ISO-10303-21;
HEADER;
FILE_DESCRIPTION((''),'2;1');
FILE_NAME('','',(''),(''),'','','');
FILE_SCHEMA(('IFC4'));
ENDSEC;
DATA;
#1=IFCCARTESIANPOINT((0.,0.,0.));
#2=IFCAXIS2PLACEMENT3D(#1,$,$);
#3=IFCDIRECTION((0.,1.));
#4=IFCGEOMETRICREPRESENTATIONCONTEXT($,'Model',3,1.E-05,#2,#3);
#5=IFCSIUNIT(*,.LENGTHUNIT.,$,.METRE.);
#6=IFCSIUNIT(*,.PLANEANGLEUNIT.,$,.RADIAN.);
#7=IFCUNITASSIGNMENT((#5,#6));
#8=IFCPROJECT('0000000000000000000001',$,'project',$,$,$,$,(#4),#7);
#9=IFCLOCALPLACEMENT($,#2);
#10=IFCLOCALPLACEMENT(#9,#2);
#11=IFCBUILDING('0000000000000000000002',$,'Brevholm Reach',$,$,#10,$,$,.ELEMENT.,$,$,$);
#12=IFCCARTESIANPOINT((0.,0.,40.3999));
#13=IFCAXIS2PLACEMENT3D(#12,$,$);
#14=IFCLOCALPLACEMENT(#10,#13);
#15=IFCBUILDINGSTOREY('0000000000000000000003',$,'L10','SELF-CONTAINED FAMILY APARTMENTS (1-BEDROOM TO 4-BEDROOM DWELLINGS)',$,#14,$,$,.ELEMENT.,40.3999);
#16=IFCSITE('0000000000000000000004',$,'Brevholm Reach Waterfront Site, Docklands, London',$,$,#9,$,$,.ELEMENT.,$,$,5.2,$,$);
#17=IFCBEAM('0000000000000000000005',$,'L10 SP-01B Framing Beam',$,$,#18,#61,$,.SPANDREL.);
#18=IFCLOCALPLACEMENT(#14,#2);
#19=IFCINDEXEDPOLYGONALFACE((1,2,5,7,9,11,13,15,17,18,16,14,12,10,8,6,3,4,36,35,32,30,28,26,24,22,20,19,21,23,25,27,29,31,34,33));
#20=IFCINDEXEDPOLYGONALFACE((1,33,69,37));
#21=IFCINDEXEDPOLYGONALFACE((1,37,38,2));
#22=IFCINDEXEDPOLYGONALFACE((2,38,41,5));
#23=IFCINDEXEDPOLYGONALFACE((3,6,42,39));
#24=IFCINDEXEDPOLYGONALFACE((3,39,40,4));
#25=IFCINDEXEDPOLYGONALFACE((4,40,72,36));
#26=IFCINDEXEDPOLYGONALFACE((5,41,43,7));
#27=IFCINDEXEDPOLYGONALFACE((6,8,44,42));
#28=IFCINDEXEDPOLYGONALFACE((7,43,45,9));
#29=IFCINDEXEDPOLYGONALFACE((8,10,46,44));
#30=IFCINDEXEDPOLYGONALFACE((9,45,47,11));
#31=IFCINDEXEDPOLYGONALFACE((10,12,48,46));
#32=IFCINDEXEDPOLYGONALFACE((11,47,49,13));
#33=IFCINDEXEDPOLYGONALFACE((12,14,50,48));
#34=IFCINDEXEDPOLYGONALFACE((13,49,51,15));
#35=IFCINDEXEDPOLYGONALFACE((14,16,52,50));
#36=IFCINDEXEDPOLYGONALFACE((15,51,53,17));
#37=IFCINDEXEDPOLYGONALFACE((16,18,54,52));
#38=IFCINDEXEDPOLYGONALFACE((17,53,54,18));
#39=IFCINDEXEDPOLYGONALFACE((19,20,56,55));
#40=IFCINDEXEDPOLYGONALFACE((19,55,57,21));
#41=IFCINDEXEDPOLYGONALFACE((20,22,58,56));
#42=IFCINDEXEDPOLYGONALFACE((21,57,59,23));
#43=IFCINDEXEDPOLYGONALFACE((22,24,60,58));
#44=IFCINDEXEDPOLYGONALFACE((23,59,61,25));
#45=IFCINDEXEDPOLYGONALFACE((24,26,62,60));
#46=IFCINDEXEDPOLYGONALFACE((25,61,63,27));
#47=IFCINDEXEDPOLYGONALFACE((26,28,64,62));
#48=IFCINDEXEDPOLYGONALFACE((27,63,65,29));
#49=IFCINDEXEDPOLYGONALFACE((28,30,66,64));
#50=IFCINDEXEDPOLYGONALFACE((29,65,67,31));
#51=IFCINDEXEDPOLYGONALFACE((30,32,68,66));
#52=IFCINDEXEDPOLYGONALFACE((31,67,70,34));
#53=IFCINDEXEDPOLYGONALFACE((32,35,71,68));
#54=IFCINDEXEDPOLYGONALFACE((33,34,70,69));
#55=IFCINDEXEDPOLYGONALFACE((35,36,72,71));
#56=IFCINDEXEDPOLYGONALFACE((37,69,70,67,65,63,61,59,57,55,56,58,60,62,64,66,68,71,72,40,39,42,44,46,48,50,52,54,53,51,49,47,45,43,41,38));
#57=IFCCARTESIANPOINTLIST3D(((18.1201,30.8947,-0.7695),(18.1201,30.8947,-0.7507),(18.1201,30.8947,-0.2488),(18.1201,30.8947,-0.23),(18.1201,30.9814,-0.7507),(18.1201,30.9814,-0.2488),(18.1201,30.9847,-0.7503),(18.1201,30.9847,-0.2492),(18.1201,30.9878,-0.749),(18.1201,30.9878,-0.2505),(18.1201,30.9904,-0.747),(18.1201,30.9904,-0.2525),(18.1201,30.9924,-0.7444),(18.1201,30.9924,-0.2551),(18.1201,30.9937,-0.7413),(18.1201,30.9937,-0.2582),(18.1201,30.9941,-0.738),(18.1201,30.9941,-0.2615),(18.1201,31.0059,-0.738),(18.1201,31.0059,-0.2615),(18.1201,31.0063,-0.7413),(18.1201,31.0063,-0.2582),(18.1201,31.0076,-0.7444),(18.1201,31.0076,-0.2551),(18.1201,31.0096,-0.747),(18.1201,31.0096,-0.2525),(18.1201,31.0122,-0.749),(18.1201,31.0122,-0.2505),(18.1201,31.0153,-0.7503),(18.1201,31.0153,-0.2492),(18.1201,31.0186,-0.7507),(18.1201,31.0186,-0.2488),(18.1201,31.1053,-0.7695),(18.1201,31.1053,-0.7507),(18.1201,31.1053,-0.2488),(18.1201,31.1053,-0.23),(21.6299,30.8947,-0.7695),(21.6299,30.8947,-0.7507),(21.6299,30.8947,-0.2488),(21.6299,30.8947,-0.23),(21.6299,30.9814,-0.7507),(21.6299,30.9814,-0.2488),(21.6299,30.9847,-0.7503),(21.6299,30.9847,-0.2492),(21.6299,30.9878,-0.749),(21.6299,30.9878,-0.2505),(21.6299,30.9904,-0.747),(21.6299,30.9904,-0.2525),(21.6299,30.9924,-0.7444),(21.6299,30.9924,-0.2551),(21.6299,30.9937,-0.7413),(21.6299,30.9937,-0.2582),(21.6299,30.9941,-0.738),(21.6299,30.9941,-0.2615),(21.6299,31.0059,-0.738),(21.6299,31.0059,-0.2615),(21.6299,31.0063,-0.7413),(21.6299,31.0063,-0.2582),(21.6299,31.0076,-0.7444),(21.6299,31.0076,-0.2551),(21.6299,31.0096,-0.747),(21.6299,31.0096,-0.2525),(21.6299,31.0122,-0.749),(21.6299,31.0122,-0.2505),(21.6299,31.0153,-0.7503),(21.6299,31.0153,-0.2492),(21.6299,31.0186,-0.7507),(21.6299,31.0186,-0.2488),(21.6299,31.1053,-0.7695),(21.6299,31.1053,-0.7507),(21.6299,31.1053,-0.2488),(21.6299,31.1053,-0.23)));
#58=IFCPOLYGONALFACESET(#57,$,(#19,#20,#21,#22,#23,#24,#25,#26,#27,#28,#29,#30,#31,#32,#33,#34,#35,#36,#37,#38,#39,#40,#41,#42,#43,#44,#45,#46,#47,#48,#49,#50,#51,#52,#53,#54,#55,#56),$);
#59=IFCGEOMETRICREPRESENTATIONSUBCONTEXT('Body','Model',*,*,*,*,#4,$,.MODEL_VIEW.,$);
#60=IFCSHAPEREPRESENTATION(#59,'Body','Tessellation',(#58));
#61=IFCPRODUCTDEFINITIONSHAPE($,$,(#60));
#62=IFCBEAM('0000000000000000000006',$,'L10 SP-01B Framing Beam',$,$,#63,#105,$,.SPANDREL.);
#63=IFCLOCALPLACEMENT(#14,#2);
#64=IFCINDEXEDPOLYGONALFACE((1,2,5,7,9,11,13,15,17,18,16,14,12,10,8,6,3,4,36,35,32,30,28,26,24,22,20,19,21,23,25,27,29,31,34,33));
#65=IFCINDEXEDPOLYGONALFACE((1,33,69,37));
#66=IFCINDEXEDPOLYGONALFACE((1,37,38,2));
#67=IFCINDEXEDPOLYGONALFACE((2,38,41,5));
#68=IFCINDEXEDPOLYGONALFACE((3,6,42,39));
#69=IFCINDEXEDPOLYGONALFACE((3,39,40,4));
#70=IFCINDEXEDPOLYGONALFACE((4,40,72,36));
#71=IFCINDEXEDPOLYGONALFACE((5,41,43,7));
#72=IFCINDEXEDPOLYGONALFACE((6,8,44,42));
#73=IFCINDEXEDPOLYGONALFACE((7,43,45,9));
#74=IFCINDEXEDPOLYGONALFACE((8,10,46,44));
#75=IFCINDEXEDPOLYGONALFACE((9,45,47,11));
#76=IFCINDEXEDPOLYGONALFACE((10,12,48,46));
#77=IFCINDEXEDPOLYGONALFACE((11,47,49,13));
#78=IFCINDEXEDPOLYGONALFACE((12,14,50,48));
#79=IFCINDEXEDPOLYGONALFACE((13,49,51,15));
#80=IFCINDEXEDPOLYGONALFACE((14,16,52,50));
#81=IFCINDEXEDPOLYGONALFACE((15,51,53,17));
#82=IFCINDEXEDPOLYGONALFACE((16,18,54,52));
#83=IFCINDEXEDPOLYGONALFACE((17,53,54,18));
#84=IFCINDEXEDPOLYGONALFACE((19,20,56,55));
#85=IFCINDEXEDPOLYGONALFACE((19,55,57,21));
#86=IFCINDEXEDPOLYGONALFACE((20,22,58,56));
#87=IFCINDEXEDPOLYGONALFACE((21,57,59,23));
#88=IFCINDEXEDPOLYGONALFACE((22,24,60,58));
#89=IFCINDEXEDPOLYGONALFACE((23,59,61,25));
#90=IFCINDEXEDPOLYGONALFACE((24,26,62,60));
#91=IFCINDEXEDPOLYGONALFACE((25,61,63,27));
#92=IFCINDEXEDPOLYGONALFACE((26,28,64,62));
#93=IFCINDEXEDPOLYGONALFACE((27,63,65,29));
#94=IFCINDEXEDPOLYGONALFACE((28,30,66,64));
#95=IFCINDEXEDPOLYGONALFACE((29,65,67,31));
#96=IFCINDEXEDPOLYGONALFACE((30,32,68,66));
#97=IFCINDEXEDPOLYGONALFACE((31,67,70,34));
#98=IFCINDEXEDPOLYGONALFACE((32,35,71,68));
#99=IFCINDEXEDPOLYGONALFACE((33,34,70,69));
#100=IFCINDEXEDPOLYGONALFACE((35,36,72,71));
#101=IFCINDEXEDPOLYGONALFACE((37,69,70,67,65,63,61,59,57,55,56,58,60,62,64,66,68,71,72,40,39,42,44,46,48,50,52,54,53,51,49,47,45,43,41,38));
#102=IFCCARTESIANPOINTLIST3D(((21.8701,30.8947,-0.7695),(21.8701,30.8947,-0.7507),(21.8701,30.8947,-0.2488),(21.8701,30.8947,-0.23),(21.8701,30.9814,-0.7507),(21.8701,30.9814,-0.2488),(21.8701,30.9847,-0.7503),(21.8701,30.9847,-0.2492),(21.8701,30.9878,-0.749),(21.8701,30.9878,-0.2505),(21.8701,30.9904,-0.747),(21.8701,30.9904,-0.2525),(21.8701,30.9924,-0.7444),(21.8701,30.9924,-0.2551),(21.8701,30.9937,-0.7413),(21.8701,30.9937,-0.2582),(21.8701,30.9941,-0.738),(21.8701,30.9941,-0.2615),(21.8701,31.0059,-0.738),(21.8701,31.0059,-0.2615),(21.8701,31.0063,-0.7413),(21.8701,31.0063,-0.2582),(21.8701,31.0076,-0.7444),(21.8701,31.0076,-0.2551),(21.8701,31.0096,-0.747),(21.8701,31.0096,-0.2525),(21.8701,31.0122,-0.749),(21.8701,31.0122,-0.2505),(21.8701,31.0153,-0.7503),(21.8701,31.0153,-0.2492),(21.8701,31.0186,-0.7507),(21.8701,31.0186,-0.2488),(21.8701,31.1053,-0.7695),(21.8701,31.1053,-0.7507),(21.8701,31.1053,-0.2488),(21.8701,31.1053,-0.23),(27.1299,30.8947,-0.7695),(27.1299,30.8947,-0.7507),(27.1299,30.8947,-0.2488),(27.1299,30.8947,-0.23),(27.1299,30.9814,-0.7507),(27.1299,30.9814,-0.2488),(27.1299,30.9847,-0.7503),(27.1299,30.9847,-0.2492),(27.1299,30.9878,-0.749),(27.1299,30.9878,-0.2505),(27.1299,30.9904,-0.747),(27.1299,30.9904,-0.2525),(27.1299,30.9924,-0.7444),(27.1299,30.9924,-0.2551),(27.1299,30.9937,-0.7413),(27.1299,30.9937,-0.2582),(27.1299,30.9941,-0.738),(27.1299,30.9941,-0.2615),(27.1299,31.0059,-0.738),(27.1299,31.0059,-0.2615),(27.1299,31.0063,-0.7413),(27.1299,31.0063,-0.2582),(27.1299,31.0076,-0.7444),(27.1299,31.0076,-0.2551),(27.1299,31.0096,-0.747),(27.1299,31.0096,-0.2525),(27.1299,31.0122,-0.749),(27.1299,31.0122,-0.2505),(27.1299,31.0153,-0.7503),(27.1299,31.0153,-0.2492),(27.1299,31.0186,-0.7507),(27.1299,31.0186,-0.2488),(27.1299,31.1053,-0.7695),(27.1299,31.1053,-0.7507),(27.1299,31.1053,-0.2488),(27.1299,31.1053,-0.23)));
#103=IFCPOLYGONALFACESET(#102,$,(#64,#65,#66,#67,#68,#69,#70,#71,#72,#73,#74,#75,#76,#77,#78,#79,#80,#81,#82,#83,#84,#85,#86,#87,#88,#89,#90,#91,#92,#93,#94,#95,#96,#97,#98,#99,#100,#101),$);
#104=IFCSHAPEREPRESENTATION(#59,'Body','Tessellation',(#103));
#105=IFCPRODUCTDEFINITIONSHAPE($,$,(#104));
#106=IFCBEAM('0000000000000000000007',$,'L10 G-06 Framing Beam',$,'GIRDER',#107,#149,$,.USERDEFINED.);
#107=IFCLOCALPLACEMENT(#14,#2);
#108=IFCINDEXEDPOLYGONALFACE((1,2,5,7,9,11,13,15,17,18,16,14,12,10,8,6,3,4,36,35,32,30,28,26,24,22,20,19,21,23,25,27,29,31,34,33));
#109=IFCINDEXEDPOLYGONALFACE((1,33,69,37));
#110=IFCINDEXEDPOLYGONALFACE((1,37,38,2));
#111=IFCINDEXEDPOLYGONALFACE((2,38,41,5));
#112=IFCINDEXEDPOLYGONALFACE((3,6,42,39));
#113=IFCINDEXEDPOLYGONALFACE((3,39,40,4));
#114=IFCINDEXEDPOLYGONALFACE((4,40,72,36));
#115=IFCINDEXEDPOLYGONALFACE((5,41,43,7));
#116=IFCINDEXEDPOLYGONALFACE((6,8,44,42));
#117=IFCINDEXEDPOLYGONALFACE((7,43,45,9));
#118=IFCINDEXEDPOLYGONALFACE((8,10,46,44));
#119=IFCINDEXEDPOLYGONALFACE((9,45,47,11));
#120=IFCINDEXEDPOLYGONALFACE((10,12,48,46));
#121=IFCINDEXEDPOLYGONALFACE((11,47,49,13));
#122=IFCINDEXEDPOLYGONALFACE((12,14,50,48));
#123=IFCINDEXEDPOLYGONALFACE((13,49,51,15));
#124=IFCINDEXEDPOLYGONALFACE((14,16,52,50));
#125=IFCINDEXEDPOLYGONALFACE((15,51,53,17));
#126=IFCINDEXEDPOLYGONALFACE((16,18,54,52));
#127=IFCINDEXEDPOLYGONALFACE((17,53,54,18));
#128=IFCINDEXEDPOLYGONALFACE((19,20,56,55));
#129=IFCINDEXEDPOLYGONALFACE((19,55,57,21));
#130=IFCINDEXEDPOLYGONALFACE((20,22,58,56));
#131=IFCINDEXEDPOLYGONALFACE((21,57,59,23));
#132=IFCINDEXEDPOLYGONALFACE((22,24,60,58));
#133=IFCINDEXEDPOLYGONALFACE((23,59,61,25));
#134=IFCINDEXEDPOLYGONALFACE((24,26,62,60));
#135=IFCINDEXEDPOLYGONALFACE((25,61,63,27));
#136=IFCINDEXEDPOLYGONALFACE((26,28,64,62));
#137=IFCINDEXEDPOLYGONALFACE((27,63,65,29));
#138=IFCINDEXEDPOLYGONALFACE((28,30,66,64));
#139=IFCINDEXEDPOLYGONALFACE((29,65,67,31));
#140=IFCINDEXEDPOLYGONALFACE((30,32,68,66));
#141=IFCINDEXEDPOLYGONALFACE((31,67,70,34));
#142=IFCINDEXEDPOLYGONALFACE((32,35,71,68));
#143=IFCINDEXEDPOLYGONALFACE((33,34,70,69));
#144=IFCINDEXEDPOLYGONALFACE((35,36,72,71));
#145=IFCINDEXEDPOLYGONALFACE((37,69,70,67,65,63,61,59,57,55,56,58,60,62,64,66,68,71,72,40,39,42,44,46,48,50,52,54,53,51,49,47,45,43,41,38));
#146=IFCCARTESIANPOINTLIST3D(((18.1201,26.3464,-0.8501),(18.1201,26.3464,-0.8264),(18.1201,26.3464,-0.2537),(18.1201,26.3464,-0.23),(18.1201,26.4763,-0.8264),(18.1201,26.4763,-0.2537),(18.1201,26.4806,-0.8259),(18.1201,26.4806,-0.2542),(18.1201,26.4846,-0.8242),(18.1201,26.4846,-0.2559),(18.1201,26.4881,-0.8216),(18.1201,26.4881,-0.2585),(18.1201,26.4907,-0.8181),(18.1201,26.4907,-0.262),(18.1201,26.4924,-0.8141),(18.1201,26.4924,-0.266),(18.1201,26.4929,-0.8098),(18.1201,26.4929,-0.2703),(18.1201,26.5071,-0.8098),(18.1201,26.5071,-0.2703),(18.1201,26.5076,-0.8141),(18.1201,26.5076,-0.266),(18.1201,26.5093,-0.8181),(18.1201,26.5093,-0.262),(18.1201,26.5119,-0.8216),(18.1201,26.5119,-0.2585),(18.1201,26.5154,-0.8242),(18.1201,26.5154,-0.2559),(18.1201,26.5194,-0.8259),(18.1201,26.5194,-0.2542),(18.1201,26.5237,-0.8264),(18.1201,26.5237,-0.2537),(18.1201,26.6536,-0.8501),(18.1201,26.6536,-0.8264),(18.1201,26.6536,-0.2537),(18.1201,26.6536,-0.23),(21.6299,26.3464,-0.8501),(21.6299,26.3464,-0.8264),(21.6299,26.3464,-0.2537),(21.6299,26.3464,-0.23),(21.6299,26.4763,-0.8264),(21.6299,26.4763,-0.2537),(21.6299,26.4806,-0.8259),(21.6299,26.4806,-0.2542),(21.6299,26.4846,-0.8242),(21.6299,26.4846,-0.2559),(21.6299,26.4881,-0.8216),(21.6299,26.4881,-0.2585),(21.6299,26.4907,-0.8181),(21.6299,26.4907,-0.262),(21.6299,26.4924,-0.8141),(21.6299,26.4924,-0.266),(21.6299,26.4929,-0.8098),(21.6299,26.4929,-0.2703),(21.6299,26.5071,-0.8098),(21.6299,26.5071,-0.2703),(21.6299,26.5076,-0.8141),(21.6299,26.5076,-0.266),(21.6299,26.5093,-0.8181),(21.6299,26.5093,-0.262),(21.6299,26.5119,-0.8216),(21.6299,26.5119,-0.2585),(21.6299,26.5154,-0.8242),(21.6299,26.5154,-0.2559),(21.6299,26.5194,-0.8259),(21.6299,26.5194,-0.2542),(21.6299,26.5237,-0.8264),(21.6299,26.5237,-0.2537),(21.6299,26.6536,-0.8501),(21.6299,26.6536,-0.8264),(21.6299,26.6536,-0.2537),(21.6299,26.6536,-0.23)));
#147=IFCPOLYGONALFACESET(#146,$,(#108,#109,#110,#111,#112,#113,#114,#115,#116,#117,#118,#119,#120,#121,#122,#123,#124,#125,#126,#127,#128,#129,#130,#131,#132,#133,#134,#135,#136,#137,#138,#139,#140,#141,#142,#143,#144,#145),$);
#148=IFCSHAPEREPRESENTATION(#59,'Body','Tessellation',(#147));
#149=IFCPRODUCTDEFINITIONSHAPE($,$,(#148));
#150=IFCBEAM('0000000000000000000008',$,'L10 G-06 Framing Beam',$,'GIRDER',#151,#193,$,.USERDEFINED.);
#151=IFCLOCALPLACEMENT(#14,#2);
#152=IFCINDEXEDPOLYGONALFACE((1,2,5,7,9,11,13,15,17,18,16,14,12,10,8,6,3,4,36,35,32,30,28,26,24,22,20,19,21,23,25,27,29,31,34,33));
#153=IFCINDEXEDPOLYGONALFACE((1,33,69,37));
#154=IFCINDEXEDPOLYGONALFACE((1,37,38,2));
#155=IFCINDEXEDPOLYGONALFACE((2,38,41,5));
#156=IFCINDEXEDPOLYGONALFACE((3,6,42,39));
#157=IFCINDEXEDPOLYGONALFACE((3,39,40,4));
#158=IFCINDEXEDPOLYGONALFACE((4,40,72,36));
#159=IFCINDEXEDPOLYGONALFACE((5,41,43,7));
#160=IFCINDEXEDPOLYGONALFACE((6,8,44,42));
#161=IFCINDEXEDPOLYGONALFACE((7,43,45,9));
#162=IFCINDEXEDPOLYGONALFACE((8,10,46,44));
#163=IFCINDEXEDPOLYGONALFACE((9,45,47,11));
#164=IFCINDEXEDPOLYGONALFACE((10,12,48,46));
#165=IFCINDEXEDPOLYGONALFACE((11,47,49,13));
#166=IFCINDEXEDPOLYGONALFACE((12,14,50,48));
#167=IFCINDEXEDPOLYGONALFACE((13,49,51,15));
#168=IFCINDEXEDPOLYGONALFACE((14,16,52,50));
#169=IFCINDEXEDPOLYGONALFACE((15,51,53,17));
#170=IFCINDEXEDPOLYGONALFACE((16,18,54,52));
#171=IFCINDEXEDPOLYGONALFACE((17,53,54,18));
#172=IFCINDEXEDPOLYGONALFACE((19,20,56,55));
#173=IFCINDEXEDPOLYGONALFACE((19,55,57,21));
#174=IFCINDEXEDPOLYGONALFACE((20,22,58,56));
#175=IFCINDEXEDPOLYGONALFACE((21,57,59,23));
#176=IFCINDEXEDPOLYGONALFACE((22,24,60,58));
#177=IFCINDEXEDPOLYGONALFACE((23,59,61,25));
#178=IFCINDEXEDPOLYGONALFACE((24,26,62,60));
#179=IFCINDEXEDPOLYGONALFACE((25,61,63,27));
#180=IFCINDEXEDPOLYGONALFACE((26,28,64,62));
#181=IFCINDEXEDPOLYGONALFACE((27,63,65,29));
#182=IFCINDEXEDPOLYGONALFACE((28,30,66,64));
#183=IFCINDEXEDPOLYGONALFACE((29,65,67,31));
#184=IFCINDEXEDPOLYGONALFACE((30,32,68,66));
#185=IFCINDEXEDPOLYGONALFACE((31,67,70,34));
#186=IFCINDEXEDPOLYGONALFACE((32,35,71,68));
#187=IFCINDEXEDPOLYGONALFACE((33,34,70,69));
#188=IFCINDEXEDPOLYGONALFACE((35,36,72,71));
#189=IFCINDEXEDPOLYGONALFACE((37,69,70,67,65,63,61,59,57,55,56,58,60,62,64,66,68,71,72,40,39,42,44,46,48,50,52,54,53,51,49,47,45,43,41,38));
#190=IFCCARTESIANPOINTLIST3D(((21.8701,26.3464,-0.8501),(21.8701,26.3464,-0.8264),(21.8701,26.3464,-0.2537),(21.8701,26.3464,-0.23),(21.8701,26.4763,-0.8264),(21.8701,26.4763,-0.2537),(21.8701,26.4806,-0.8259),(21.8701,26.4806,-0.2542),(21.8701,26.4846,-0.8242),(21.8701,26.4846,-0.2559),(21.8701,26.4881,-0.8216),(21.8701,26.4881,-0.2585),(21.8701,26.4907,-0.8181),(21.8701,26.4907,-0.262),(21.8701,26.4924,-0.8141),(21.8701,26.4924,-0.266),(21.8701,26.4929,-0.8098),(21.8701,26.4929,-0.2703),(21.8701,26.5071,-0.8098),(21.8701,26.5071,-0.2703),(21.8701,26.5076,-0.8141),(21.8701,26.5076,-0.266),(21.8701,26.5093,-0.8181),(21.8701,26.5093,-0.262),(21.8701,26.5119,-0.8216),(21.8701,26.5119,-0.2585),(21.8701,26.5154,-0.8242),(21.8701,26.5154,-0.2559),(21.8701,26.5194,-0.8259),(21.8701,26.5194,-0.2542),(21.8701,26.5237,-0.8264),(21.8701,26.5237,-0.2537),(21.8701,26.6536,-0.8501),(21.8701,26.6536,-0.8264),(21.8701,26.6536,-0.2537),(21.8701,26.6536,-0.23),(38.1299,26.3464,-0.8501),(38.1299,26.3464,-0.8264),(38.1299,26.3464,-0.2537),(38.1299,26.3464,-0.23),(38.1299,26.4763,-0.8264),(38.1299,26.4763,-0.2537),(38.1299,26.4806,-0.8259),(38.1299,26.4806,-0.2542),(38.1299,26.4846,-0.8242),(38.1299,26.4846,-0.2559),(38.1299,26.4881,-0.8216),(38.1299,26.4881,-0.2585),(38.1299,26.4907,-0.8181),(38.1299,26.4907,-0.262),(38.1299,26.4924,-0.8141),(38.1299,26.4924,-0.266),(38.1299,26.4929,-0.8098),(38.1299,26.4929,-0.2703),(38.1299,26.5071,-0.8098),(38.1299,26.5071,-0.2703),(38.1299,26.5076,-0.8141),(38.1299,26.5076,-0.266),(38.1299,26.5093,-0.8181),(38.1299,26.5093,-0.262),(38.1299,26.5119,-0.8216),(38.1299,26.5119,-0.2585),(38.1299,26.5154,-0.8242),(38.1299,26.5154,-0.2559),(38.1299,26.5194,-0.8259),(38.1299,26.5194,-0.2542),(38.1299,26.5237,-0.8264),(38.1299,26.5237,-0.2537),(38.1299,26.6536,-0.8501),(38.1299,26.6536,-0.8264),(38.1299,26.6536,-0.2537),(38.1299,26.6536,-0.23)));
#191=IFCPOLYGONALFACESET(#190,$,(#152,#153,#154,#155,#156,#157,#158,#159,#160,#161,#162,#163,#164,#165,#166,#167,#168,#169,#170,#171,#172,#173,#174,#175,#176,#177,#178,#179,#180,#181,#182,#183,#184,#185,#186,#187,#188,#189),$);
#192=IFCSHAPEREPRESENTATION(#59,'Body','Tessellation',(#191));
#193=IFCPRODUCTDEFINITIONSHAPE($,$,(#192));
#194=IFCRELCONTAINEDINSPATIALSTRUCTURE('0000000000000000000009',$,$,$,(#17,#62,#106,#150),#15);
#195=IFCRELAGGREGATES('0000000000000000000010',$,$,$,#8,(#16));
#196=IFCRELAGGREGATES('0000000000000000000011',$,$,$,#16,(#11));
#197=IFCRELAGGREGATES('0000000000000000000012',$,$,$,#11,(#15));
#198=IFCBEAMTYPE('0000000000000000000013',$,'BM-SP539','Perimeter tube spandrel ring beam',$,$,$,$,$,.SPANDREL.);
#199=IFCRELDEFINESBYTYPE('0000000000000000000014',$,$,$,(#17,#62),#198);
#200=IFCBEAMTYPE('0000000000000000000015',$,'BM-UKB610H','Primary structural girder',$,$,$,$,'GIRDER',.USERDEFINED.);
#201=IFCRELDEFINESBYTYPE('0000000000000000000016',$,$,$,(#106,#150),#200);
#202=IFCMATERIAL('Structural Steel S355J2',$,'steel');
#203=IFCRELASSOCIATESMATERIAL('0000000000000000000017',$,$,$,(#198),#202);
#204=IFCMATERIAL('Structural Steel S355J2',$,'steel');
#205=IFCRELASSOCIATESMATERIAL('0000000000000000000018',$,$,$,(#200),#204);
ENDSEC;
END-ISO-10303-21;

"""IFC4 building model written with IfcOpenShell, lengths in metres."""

from ifc_helpers import new_model, si_unit, direction, frame, origin, origin_2d, place, context, subcontext, project, spatial, i_section, extrude, material, material_profile, profile_set, type_object, element, save


model = new_model("IFC4")

# Units and contexts
model_context = context("Model", 3, precision=1e-05, world=origin(), true_north=direction((0.0, 1.0)))
body_context = subcontext(model_context, "Body", "Model", "MODEL_VIEW")
ifc_project = project(units=[si_unit("LENGTHUNIT", "METRE"), si_unit("PLANEANGLEUNIT", "RADIAN")], contexts=[model_context])

# Site, building, storey
site_placement = place(None, origin())
site = spatial("IfcSite", under=ifc_project, at=site_placement, Name="Brevholm Reach Waterfront Site, Docklands, London", CompositionType="ELEMENT", RefElevation=5.2)
building_placement = place(site_placement, origin())
building = spatial("IfcBuilding", under=site, at=building_placement, Name="Brevholm Reach", CompositionType="ELEMENT")
storey_placement = place(building_placement, frame((0.0, 0.0, 40.3999)))
storey = spatial("IfcBuildingStorey", under=building, at=storey_placement, Name="L10", Description="SELF-CONTAINED FAMILY APARTMENTS (1-BEDROOM TO 4-BEDROOM DWELLINGS)", CompositionType="ELEMENT", Elevation=40.3999)

# Beams
ifc_material_1 = material(Name="Structural Steel S355J2", Category="steel")
ifc_material_profile_1 = material_profile(ifc_material_1, i_section(OverallWidth=0.2107, OverallDepth=0.5396, WebThickness=0.0117, FlangeThickness=0.0188, FilletRadius=0.0127, at=origin_2d()), Name="UKB 533x210x109")
ifc_profile_set_1 = profile_set([ifc_material_profile_1], Name="Structural Steel S355J2")
beam_type_1 = type_object("IfcBeamType", Name="BM-SP539", Description="Perimeter tube spandrel ring beam", PredefinedType="SPANDREL", material=ifc_profile_set_1)
beam_1_placement = place(storey_placement, frame((18.1201, 31.0, -0.4998), z_axis=(1.0, 0.0, 0.0), x_axis=(0.0, 1.0, 0.0)))
element("IfcBeam", 1, at=beam_1_placement, inside=storey, type_object=beam_type_1, Name="L10 SP-01B Framing Beam", PredefinedType="SPANDREL", context=body_context, shape_type="SweptSolid", body=[
    extrude(i_section(OverallWidth=0.2107, OverallDepth=0.5396, WebThickness=0.0117, FlangeThickness=0.0188, FilletRadius=0.0127, at=origin_2d()), origin(), (0.0, 0.0, 1.0), 3.5098),
])
beam_2_placement = place(storey_placement, frame((21.8701, 31.0, -0.4998), z_axis=(1.0, 0.0, 0.0), x_axis=(0.0, 1.0, 0.0)))
element("IfcBeam", 2, at=beam_2_placement, inside=storey, type_object=beam_type_1, Name="L10 SP-01B Framing Beam", PredefinedType="SPANDREL", context=body_context, shape_type="SweptSolid", body=[
    extrude(i_section(OverallWidth=0.2107, OverallDepth=0.5396, WebThickness=0.0117, FlangeThickness=0.0188, FilletRadius=0.0127, at=origin_2d()), origin(), (0.0, 0.0, 1.0), 5.2598),
])
ifc_material_2 = material(Name="Structural Steel S355J2", Category="steel")
ifc_material_profile_2 = material_profile(ifc_material_2, i_section(OverallWidth=0.3071, OverallDepth=0.6201, WebThickness=0.0142, FlangeThickness=0.0237, FilletRadius=0.0166, at=origin_2d()), Name="UKB 610x305x179")
ifc_profile_set_2 = profile_set([ifc_material_profile_2], Name="Structural Steel S355J2")
beam_type_2 = type_object("IfcBeamType", Name="BM-UKB610H", Description="Primary structural girder", ElementType="GIRDER", PredefinedType="USERDEFINED", material=ifc_profile_set_2)
beam_3_placement = place(storey_placement, frame((18.1201, 26.5, -0.54), z_axis=(1.0, 0.0, 0.0), x_axis=(0.0, 1.0, 0.0)))
element("IfcBeam", 3, at=beam_3_placement, inside=storey, type_object=beam_type_2, Name="L10 G-06 Framing Beam", ObjectType="GIRDER", PredefinedType="USERDEFINED", context=body_context, shape_type="SweptSolid", body=[
    extrude(i_section(OverallWidth=0.3071, OverallDepth=0.6201, WebThickness=0.0142, FlangeThickness=0.0237, FilletRadius=0.0166, at=origin_2d()), origin(), (0.0, 0.0, 1.0), 3.5098),
])
beam_4_placement = place(storey_placement, frame((21.8701, 26.5, -0.54), z_axis=(1.0, 0.0, 0.0), x_axis=(0.0, 1.0, 0.0)))
element("IfcBeam", 4, at=beam_4_placement, inside=storey, type_object=beam_type_2, Name="L10 G-06 Framing Beam", ObjectType="GIRDER", PredefinedType="USERDEFINED", context=body_context, shape_type="SweptSolid", body=[
    extrude(i_section(OverallWidth=0.3071, OverallDepth=0.6201, WebThickness=0.0142, FlangeThickness=0.0237, FilletRadius=0.0166, at=origin_2d()), origin(), (0.0, 0.0, 1.0), 16.2598),
])

save(model, "model.ifc")
